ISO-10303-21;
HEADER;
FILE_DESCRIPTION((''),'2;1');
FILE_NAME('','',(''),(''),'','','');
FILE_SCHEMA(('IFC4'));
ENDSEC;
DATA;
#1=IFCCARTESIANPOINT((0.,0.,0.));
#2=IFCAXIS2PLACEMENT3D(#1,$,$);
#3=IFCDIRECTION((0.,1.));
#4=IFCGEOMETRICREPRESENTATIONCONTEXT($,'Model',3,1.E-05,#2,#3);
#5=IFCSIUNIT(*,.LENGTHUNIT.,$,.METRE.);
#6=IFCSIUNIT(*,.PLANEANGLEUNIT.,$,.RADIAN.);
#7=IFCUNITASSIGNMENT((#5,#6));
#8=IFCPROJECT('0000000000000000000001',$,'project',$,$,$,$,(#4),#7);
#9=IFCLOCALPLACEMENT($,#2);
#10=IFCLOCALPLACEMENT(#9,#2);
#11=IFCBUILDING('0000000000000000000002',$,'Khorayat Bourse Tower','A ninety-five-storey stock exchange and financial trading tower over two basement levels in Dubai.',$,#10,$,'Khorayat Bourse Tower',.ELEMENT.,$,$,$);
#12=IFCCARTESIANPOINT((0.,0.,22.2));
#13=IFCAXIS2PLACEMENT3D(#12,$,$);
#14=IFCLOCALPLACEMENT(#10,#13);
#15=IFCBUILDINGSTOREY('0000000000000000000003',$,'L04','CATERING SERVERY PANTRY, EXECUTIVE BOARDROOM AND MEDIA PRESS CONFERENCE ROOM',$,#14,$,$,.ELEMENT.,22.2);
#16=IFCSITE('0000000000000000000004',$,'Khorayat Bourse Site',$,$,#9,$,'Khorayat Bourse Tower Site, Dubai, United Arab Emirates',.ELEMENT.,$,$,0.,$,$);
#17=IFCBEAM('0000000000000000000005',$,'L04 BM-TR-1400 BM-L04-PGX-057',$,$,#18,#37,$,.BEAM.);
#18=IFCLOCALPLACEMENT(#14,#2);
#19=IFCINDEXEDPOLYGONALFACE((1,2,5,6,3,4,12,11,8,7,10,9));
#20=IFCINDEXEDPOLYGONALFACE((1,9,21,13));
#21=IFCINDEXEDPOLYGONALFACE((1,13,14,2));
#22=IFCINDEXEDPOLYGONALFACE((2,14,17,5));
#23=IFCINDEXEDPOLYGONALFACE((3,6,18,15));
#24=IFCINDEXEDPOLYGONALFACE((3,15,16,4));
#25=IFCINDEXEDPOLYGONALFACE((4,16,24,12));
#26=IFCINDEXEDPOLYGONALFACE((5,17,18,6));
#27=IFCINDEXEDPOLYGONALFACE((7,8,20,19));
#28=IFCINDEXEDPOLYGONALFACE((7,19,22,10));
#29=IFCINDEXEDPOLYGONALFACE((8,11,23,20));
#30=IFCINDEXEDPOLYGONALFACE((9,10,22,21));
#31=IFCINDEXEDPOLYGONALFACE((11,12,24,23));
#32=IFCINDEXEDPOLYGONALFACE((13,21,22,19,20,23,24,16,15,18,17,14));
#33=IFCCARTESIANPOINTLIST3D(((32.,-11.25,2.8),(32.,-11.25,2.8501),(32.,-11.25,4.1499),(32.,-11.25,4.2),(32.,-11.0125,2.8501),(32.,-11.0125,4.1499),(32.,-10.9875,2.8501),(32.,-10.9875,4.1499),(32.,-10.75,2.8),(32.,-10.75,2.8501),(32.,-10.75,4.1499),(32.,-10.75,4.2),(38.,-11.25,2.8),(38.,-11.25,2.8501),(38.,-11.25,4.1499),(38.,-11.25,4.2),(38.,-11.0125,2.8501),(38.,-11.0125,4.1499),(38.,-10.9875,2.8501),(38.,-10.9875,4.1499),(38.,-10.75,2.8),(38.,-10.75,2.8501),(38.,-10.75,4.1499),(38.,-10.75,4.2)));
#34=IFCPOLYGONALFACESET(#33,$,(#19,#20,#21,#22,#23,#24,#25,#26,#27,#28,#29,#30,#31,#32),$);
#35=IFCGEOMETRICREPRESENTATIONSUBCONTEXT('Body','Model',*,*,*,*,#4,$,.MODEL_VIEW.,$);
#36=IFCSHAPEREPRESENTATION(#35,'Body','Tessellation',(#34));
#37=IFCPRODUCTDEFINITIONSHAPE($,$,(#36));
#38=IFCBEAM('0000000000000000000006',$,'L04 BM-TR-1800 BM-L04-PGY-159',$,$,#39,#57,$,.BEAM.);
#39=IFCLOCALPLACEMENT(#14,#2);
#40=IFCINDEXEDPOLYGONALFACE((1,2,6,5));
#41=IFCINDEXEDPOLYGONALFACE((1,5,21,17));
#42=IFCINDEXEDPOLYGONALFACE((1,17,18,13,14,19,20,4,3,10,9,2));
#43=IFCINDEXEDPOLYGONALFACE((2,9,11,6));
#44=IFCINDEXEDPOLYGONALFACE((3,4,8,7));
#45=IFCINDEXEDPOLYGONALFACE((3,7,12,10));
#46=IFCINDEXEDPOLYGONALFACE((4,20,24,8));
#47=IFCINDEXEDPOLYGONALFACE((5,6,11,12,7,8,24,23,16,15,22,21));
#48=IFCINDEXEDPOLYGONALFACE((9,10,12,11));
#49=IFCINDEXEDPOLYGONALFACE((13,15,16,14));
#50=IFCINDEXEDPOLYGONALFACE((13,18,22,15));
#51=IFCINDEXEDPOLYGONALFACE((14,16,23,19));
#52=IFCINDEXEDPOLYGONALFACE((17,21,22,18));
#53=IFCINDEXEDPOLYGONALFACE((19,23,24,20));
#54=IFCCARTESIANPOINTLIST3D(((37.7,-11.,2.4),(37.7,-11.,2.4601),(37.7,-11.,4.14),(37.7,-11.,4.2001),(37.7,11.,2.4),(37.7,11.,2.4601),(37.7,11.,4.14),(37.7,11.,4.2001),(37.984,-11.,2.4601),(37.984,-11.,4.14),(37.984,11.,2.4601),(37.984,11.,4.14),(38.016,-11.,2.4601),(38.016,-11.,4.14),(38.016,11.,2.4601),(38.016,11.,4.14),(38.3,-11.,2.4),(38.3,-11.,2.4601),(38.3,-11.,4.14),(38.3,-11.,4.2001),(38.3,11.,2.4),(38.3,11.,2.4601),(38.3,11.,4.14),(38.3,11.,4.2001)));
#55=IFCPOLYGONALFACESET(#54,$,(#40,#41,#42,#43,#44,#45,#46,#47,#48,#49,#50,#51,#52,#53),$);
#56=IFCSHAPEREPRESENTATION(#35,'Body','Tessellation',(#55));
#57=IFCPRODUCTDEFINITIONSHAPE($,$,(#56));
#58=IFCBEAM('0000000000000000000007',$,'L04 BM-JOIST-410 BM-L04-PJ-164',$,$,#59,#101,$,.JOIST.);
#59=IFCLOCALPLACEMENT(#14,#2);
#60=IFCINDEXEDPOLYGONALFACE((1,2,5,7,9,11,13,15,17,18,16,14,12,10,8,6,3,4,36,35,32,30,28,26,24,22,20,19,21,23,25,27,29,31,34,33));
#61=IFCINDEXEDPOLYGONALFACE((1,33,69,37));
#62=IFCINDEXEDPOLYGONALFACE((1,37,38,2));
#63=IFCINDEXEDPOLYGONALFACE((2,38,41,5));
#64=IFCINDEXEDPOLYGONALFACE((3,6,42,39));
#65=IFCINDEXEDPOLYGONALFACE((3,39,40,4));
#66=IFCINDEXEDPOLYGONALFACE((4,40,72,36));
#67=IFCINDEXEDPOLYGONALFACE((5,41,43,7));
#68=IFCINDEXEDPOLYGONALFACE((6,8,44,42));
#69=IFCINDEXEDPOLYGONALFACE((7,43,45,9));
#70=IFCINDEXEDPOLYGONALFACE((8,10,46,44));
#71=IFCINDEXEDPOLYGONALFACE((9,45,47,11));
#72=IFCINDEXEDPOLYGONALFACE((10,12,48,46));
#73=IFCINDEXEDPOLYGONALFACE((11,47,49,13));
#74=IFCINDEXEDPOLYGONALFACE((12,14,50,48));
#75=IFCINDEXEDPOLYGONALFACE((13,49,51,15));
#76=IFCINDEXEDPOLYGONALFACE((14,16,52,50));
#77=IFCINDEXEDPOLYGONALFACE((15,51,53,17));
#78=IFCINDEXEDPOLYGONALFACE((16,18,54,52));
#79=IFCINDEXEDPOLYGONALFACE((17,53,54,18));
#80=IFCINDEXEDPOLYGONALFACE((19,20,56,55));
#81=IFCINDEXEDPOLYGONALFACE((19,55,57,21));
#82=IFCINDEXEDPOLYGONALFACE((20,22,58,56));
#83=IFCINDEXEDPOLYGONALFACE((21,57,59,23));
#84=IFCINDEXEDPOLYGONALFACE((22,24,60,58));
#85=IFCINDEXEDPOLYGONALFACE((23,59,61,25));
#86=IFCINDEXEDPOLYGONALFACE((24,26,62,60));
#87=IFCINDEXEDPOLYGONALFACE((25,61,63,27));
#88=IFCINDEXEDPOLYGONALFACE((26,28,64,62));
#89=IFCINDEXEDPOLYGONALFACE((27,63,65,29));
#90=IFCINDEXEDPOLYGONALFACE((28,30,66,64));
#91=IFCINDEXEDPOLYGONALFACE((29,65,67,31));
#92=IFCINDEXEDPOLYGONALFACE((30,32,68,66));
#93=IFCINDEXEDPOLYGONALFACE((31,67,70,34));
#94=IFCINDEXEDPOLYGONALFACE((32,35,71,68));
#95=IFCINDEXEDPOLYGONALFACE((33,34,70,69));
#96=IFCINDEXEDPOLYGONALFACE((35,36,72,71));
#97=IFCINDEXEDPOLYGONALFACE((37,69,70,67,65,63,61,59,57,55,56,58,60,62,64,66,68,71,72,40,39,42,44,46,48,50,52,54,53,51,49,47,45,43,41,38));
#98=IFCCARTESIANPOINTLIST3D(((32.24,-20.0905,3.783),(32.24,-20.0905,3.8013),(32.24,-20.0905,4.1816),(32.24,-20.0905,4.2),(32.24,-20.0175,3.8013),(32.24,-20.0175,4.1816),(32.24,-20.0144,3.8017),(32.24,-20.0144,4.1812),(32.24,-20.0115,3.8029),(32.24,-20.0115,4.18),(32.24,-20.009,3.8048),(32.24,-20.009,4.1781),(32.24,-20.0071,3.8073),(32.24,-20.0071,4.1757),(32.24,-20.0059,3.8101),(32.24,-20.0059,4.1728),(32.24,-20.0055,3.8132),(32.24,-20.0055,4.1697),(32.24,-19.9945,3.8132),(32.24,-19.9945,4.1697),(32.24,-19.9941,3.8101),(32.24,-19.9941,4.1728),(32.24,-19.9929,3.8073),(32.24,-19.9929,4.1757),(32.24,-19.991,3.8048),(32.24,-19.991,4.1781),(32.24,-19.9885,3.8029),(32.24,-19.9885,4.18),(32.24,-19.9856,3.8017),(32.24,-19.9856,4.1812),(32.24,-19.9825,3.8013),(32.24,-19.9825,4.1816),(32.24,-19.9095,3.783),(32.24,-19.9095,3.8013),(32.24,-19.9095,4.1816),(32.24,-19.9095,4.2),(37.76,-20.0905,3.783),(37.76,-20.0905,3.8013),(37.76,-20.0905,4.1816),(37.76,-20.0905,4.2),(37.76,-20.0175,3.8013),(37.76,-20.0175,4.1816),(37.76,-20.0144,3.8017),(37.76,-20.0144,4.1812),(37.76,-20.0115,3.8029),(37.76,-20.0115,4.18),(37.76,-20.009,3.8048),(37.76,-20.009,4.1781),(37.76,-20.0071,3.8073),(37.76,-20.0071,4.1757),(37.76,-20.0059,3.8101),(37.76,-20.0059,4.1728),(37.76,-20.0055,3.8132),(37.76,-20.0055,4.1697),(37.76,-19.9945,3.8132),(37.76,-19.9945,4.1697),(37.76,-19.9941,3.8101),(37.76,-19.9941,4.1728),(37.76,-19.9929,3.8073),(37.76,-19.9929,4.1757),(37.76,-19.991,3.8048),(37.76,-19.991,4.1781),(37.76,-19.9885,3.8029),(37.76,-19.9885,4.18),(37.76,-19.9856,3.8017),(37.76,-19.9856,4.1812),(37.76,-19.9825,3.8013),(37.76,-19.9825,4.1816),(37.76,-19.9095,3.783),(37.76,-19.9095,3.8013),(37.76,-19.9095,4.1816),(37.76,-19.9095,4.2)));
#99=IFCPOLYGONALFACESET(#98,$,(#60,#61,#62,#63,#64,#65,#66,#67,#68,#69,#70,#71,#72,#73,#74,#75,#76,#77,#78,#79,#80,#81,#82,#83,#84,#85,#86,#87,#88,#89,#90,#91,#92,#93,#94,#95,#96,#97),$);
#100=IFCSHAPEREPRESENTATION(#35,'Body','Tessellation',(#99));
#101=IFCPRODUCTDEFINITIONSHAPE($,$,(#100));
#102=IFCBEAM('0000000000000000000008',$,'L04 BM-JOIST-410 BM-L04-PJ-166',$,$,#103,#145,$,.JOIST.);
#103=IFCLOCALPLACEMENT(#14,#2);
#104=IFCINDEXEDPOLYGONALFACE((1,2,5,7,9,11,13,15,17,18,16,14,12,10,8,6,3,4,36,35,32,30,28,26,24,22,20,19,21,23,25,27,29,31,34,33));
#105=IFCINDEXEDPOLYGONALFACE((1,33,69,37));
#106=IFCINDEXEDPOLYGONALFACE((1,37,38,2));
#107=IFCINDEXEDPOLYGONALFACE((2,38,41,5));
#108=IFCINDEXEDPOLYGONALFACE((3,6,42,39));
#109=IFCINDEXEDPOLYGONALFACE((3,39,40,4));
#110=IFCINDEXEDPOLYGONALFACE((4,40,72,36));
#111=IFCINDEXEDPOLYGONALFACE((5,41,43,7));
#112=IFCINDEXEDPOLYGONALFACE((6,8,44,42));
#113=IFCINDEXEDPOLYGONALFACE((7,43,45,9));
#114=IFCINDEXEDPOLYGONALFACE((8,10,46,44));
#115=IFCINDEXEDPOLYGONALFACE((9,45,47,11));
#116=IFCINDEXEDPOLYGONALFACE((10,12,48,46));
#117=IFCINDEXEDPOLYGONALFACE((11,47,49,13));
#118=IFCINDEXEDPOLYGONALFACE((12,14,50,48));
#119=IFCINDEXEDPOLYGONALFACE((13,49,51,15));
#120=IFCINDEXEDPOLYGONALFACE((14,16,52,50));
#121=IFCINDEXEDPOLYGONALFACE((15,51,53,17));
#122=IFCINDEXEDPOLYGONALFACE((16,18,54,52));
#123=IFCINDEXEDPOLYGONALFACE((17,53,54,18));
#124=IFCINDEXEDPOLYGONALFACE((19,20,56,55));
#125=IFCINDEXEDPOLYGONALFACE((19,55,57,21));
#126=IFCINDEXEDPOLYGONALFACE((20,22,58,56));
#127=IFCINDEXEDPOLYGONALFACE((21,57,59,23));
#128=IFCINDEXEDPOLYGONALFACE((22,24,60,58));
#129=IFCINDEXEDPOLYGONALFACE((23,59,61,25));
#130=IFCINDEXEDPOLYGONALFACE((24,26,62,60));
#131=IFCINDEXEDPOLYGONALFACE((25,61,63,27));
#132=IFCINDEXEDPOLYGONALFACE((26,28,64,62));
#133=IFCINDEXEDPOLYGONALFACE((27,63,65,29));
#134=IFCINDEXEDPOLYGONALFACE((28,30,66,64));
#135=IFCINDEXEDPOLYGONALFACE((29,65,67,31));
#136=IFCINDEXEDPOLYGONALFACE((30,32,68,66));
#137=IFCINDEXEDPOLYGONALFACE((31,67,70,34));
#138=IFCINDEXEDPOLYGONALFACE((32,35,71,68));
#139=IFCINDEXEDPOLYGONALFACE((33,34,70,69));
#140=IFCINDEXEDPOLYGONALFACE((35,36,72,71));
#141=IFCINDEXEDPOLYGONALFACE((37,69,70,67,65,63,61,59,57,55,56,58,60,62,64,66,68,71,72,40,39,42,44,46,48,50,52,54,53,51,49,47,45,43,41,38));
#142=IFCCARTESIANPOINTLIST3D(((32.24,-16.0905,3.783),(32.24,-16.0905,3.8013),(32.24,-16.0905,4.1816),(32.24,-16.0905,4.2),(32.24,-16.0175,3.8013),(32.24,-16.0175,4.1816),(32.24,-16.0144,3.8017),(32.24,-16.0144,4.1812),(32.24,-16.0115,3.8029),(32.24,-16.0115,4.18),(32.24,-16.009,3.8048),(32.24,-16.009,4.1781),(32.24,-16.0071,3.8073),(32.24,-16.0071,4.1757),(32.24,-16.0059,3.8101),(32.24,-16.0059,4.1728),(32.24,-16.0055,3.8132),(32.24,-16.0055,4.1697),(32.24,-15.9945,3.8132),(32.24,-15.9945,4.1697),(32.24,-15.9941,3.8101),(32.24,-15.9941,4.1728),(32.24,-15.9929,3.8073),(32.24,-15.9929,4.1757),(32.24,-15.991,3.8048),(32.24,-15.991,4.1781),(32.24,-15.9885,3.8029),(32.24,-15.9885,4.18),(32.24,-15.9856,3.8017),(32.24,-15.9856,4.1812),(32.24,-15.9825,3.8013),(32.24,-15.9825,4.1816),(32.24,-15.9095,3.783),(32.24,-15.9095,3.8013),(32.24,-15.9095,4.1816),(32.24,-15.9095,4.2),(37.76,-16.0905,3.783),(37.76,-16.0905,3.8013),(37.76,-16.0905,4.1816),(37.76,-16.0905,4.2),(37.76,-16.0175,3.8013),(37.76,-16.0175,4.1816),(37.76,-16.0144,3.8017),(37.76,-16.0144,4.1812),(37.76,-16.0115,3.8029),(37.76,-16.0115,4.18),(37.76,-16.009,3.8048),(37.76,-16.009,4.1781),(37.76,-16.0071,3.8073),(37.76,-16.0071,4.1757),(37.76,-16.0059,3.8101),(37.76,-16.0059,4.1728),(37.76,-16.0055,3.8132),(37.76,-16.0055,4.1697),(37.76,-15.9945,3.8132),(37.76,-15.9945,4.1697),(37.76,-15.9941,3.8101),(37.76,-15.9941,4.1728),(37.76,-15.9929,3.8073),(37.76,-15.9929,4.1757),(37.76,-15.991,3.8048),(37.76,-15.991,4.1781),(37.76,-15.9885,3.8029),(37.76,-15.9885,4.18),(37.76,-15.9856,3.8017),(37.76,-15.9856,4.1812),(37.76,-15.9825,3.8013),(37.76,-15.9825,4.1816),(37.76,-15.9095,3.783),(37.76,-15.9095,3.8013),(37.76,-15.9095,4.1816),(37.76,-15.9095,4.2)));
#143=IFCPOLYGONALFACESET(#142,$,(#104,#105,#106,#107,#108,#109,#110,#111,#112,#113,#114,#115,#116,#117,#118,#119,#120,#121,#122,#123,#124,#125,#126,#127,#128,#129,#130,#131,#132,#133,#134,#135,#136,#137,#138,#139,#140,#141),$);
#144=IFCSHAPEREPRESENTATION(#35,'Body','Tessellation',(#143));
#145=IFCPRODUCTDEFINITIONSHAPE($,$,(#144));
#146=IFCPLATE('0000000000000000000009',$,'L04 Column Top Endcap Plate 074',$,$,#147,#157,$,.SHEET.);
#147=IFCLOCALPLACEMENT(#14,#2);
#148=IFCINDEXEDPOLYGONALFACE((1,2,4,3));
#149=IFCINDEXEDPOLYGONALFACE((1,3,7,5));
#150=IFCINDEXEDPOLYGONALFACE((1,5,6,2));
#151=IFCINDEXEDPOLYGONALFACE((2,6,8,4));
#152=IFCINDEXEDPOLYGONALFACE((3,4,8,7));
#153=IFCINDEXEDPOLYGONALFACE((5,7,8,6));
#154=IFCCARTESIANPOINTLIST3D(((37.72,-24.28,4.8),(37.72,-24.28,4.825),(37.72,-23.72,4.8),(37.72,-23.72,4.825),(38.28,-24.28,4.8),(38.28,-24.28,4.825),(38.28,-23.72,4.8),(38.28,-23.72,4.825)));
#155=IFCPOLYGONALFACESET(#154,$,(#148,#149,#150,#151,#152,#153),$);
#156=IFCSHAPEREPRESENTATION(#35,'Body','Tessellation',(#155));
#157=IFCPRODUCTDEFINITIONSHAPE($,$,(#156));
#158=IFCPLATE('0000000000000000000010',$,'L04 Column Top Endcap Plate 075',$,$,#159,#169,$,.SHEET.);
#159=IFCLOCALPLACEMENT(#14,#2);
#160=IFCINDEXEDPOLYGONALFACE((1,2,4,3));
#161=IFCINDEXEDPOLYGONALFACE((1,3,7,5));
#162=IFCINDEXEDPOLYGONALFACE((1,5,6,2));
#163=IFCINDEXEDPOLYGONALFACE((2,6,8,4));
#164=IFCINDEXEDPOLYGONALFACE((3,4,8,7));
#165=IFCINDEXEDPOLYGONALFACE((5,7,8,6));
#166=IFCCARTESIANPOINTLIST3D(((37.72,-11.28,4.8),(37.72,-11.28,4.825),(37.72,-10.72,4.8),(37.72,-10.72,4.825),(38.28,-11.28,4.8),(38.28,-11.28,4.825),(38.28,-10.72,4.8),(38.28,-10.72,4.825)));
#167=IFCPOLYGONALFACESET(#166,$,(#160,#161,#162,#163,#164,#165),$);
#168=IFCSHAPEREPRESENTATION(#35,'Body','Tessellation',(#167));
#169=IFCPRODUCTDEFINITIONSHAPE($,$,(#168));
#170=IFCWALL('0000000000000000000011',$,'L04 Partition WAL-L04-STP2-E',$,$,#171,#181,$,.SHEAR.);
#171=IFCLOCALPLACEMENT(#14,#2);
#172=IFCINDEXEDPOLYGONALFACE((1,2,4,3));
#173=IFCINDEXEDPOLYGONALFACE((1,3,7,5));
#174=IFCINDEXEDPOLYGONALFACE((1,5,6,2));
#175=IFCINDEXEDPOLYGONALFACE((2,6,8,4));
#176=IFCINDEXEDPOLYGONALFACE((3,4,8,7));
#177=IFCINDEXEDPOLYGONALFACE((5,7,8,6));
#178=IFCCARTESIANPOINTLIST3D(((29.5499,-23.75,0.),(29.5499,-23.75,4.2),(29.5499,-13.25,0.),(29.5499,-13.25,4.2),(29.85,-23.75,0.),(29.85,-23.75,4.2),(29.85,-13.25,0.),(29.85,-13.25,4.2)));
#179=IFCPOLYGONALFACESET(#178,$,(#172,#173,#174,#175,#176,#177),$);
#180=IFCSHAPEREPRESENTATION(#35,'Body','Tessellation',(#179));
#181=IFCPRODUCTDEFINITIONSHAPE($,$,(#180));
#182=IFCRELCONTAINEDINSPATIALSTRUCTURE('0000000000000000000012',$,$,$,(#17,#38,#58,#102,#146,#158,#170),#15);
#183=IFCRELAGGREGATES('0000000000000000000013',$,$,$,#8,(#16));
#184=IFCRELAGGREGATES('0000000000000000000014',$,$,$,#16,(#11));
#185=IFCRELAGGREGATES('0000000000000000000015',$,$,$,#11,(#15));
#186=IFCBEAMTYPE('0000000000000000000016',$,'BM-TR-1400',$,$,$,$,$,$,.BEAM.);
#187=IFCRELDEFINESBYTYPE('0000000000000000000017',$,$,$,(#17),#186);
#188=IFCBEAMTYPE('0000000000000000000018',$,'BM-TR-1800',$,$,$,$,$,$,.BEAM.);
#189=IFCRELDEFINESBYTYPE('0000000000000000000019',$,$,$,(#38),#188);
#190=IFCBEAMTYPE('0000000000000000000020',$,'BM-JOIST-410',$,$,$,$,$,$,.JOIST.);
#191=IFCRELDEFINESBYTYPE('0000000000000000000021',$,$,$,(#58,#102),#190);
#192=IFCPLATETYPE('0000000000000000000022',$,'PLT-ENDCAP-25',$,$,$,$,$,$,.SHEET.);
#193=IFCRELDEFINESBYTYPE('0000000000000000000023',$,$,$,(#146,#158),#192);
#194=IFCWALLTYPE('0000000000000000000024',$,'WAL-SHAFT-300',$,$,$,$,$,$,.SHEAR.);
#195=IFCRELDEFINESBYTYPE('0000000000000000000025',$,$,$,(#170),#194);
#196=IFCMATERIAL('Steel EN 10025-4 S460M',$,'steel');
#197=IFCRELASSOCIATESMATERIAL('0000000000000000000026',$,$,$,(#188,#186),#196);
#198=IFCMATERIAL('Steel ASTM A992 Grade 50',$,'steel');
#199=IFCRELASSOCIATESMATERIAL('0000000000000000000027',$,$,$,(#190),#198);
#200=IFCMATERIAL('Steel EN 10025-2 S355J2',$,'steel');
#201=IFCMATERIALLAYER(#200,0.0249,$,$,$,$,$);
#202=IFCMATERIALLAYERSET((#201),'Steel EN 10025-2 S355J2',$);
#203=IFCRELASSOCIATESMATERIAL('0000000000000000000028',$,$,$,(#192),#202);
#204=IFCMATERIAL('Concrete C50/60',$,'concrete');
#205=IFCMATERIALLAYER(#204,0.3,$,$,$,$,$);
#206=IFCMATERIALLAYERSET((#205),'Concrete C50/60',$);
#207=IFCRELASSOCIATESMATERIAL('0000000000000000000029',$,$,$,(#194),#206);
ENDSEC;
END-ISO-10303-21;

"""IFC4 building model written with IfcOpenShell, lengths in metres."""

from ifc_helpers import new_model, si_unit, direction, frame, frame_2d, origin, origin_2d, place, context, subcontext, project, spatial, rectangle, i_section, extrude, source, transform, mapped, material, layer, layer_set, material_profile, profile_set, type_object, element, save


model = new_model("IFC4")

# Units and contexts
model_context = context("Model", 3, precision=1e-05, world=origin(), true_north=direction((0.0, 1.0)))
body_context = subcontext(model_context, "Body", "Model", "MODEL_VIEW")
ifc_project = project(units=[si_unit("LENGTHUNIT", "METRE"), si_unit("PLANEANGLEUNIT", "RADIAN")], contexts=[model_context])

# Site, building, storey
site_placement = place(None, origin())
site = spatial("IfcSite", under=ifc_project, at=site_placement, Name="Khorayat Bourse Site", LongName="Khorayat Bourse Tower Site, Dubai, United Arab Emirates", CompositionType="ELEMENT", RefElevation=0.0)
building_placement = place(site_placement, origin())
building = spatial("IfcBuilding", under=site, at=building_placement, Name="Khorayat Bourse Tower", Description="A ninety-five-storey stock exchange and financial trading tower over two basement levels in Dubai.", LongName="Khorayat Bourse Tower", CompositionType="ELEMENT")
storey_placement = place(building_placement, frame((0.0, 0.0, 22.2)))
storey = spatial("IfcBuildingStorey", under=building, at=storey_placement, Name="L04", Description="CATERING SERVERY PANTRY, EXECUTIVE BOARDROOM AND MEDIA PRESS CONFERENCE ROOM", CompositionType="ELEMENT", Elevation=22.2)

# Shared definitions
ifc_material_1 = material(Name="Steel EN 10025-2 S355J2", Category="steel")

# Beams
ifc_material_2 = material(Name="Steel EN 10025-4 S460M", Category="steel")
ifc_material_profile_1 = material_profile(ifc_material_2, i_section(OverallWidth=0.6001, OverallDepth=1.8, WebThickness=0.032, FlangeThickness=0.0601, at=origin_2d()), Name="PG 1800x600x32x60")
ifc_profile_set_1 = profile_set([ifc_material_profile_1], Name="Steel EN 10025-4 S460M")
beam_type_1 = type_object("IfcBeamType", Name="BM-TR-1800", PredefinedType="BEAM", material=ifc_profile_set_1)
ifc_material_profile_2 = material_profile(ifc_material_2, i_section(OverallWidth=0.5, OverallDepth=1.3999, WebThickness=0.0249, FlangeThickness=0.05, at=origin_2d()), Name="PG 1400x500x25x50")
ifc_profile_set_2 = profile_set([ifc_material_profile_2], Name="Steel EN 10025-4 S460M")
beam_type_2 = type_object("IfcBeamType", Name="BM-TR-1400", PredefinedType="BEAM", material=ifc_profile_set_2)
shared_shape_1 = source(origin(), body_context, "Body", "SweptSolid", [
    extrude(i_section(OverallWidth=0.5, OverallDepth=1.3999, WebThickness=0.0249, FlangeThickness=0.05, at=origin_2d()), origin(), (0.0, 0.0, 1.0), 6.0),
])
beam_1_placement = place(storey_placement, frame((32.0, -11.0, 3.5), z_axis=(1.0, 0.0, 0.0), x_axis=(0.0, 1.0, 0.0)))
element("IfcBeam", 1, at=beam_1_placement, inside=storey, type_object=beam_type_2, Name="L04 BM-TR-1400 BM-L04-PGX-057", PredefinedType="BEAM", context=body_context, shape_type="MappedRepresentation", body=[
    mapped(shared_shape_1, transform((0.0, 0.0, 0.0), scale=1.0)),
])
shared_shape_2 = source(origin(), body_context, "Body", "SweptSolid", [
    extrude(i_section(OverallWidth=0.6001, OverallDepth=1.8, WebThickness=0.032, FlangeThickness=0.0601, at=origin_2d()), origin(), (0.0, 0.0, 1.0), 22.0),
])
beam_2_placement = place(storey_placement, frame((38.0, -11.0, 3.3), z_axis=(0.0, 1.0, 0.0), x_axis=(-1.0, 0.0, 0.0)))
element("IfcBeam", 2, at=beam_2_placement, inside=storey, type_object=beam_type_1, Name="L04 BM-TR-1800 BM-L04-PGY-159", PredefinedType="BEAM", context=body_context, shape_type="MappedRepresentation", body=[
    mapped(shared_shape_2, transform((0.0, 0.0, 0.0), scale=1.0)),
])
ifc_material_3 = material(Name="Steel ASTM A992 Grade 50", Category="steel")
ifc_material_profile_3 = material_profile(ifc_material_3, i_section(OverallWidth=0.1809, OverallDepth=0.417, WebThickness=0.011, FlangeThickness=0.0183, FilletRadius=0.012, at=origin_2d()), Name="W410X85")
ifc_profile_set_3 = profile_set([ifc_material_profile_3], Name="Steel ASTM A992 Grade 50")
beam_type_3 = type_object("IfcBeamType", Name="BM-JOIST-410", PredefinedType="JOIST", material=ifc_profile_set_3)
shared_shape_3 = source(origin(), body_context, "Body", "SweptSolid", [
    extrude(i_section(OverallWidth=0.1809, OverallDepth=0.417, WebThickness=0.011, FlangeThickness=0.0183, FilletRadius=0.012, at=origin_2d()), origin(), (0.0, 0.0, 1.0), 5.52),
])
for number, where, z_axis, x_axis, name in (
    (3, (32.24, -20.0, 3.9915), (1.0, 0.0, 0.0), (0.0, 1.0, 0.0), "L04 BM-JOIST-410 BM-L04-PJ-164"),
    (4, (32.24, -16.0, 3.9915), (1.0, 0.0, 0.0), (0.0, 1.0, 0.0), "L04 BM-JOIST-410 BM-L04-PJ-166"),
):
    element("IfcBeam", number, at=place(storey_placement, frame(where, z_axis=z_axis, x_axis=x_axis)), inside=storey, type_object=beam_type_3, Name=name, PredefinedType="JOIST", context=body_context, shape_type="MappedRepresentation", body=[
        mapped(shared_shape_3, transform((0.0, 0.0, 0.0), scale=1.0)),
    ])

# Plates
ifc_layer_1 = layer(ifc_material_1, 0.0249)
ifc_layer_set_1 = layer_set([ifc_layer_1], Name="Steel EN 10025-2 S355J2")
plate_type = type_object("IfcPlateType", Name="PLT-ENDCAP-25", PredefinedType="SHEET", material=ifc_layer_set_1)
shared_shape_4 = source(origin(), body_context, "Body", "SweptSolid", [
    extrude(rectangle(XDim=0.5601, YDim=0.5601, at=origin_2d()), origin(), (0.0, 0.0, 1.0), 0.0249),
])
for number, where, z_axis, x_axis, name in (
    (5, (38.0, -24.0, 4.8), (0.0, 0.0, 1.0), (1.0, 0.0, 0.0), "L04 Column Top Endcap Plate 074"),
    (6, (38.0, -11.0, 4.8), (0.0, 0.0, 1.0), (1.0, 0.0, 0.0), "L04 Column Top Endcap Plate 075"),
):
    element("IfcPlate", number, at=place(storey_placement, frame(where, z_axis=z_axis, x_axis=x_axis)), inside=storey, type_object=plate_type, Name=name, PredefinedType="SHEET", context=body_context, shape_type="MappedRepresentation", body=[
        mapped(shared_shape_4, transform((0.0, 0.0, 0.0), scale=1.0)),
    ])

# Wall
ifc_material_4 = material(Name="Concrete C50/60", Category="concrete")
ifc_layer_2 = layer(ifc_material_4, 0.3)
ifc_layer_set_2 = layer_set([ifc_layer_2], Name="Concrete C50/60")
wall_type = type_object("IfcWallType", Name="WAL-SHAFT-300", PredefinedType="SHEAR", material=ifc_layer_set_2)
shared_shape_5 = source(origin(), body_context, "Body", "SweptSolid", [
    extrude(rectangle(XDim=10.5, YDim=0.3, at=frame_2d((5.25, 0.0))), origin(), (0.0, 0.0, 1.0), 4.2),
])
wall_placement = place(storey_placement, frame((29.7, -23.75, 0.0), z_axis=(0.0, 0.0, 1.0), x_axis=(0.0, 1.0, 0.0)))
element("IfcWall", 7, at=wall_placement, inside=storey, type_object=wall_type, Name="L04 Partition WAL-L04-STP2-E", PredefinedType="SHEAR", context=body_context, shape_type="MappedRepresentation", body=[
    mapped(shared_shape_5, transform((0.0, 0.0, 0.0), scale=1.0)),
])

save(model, "model.ifc")
